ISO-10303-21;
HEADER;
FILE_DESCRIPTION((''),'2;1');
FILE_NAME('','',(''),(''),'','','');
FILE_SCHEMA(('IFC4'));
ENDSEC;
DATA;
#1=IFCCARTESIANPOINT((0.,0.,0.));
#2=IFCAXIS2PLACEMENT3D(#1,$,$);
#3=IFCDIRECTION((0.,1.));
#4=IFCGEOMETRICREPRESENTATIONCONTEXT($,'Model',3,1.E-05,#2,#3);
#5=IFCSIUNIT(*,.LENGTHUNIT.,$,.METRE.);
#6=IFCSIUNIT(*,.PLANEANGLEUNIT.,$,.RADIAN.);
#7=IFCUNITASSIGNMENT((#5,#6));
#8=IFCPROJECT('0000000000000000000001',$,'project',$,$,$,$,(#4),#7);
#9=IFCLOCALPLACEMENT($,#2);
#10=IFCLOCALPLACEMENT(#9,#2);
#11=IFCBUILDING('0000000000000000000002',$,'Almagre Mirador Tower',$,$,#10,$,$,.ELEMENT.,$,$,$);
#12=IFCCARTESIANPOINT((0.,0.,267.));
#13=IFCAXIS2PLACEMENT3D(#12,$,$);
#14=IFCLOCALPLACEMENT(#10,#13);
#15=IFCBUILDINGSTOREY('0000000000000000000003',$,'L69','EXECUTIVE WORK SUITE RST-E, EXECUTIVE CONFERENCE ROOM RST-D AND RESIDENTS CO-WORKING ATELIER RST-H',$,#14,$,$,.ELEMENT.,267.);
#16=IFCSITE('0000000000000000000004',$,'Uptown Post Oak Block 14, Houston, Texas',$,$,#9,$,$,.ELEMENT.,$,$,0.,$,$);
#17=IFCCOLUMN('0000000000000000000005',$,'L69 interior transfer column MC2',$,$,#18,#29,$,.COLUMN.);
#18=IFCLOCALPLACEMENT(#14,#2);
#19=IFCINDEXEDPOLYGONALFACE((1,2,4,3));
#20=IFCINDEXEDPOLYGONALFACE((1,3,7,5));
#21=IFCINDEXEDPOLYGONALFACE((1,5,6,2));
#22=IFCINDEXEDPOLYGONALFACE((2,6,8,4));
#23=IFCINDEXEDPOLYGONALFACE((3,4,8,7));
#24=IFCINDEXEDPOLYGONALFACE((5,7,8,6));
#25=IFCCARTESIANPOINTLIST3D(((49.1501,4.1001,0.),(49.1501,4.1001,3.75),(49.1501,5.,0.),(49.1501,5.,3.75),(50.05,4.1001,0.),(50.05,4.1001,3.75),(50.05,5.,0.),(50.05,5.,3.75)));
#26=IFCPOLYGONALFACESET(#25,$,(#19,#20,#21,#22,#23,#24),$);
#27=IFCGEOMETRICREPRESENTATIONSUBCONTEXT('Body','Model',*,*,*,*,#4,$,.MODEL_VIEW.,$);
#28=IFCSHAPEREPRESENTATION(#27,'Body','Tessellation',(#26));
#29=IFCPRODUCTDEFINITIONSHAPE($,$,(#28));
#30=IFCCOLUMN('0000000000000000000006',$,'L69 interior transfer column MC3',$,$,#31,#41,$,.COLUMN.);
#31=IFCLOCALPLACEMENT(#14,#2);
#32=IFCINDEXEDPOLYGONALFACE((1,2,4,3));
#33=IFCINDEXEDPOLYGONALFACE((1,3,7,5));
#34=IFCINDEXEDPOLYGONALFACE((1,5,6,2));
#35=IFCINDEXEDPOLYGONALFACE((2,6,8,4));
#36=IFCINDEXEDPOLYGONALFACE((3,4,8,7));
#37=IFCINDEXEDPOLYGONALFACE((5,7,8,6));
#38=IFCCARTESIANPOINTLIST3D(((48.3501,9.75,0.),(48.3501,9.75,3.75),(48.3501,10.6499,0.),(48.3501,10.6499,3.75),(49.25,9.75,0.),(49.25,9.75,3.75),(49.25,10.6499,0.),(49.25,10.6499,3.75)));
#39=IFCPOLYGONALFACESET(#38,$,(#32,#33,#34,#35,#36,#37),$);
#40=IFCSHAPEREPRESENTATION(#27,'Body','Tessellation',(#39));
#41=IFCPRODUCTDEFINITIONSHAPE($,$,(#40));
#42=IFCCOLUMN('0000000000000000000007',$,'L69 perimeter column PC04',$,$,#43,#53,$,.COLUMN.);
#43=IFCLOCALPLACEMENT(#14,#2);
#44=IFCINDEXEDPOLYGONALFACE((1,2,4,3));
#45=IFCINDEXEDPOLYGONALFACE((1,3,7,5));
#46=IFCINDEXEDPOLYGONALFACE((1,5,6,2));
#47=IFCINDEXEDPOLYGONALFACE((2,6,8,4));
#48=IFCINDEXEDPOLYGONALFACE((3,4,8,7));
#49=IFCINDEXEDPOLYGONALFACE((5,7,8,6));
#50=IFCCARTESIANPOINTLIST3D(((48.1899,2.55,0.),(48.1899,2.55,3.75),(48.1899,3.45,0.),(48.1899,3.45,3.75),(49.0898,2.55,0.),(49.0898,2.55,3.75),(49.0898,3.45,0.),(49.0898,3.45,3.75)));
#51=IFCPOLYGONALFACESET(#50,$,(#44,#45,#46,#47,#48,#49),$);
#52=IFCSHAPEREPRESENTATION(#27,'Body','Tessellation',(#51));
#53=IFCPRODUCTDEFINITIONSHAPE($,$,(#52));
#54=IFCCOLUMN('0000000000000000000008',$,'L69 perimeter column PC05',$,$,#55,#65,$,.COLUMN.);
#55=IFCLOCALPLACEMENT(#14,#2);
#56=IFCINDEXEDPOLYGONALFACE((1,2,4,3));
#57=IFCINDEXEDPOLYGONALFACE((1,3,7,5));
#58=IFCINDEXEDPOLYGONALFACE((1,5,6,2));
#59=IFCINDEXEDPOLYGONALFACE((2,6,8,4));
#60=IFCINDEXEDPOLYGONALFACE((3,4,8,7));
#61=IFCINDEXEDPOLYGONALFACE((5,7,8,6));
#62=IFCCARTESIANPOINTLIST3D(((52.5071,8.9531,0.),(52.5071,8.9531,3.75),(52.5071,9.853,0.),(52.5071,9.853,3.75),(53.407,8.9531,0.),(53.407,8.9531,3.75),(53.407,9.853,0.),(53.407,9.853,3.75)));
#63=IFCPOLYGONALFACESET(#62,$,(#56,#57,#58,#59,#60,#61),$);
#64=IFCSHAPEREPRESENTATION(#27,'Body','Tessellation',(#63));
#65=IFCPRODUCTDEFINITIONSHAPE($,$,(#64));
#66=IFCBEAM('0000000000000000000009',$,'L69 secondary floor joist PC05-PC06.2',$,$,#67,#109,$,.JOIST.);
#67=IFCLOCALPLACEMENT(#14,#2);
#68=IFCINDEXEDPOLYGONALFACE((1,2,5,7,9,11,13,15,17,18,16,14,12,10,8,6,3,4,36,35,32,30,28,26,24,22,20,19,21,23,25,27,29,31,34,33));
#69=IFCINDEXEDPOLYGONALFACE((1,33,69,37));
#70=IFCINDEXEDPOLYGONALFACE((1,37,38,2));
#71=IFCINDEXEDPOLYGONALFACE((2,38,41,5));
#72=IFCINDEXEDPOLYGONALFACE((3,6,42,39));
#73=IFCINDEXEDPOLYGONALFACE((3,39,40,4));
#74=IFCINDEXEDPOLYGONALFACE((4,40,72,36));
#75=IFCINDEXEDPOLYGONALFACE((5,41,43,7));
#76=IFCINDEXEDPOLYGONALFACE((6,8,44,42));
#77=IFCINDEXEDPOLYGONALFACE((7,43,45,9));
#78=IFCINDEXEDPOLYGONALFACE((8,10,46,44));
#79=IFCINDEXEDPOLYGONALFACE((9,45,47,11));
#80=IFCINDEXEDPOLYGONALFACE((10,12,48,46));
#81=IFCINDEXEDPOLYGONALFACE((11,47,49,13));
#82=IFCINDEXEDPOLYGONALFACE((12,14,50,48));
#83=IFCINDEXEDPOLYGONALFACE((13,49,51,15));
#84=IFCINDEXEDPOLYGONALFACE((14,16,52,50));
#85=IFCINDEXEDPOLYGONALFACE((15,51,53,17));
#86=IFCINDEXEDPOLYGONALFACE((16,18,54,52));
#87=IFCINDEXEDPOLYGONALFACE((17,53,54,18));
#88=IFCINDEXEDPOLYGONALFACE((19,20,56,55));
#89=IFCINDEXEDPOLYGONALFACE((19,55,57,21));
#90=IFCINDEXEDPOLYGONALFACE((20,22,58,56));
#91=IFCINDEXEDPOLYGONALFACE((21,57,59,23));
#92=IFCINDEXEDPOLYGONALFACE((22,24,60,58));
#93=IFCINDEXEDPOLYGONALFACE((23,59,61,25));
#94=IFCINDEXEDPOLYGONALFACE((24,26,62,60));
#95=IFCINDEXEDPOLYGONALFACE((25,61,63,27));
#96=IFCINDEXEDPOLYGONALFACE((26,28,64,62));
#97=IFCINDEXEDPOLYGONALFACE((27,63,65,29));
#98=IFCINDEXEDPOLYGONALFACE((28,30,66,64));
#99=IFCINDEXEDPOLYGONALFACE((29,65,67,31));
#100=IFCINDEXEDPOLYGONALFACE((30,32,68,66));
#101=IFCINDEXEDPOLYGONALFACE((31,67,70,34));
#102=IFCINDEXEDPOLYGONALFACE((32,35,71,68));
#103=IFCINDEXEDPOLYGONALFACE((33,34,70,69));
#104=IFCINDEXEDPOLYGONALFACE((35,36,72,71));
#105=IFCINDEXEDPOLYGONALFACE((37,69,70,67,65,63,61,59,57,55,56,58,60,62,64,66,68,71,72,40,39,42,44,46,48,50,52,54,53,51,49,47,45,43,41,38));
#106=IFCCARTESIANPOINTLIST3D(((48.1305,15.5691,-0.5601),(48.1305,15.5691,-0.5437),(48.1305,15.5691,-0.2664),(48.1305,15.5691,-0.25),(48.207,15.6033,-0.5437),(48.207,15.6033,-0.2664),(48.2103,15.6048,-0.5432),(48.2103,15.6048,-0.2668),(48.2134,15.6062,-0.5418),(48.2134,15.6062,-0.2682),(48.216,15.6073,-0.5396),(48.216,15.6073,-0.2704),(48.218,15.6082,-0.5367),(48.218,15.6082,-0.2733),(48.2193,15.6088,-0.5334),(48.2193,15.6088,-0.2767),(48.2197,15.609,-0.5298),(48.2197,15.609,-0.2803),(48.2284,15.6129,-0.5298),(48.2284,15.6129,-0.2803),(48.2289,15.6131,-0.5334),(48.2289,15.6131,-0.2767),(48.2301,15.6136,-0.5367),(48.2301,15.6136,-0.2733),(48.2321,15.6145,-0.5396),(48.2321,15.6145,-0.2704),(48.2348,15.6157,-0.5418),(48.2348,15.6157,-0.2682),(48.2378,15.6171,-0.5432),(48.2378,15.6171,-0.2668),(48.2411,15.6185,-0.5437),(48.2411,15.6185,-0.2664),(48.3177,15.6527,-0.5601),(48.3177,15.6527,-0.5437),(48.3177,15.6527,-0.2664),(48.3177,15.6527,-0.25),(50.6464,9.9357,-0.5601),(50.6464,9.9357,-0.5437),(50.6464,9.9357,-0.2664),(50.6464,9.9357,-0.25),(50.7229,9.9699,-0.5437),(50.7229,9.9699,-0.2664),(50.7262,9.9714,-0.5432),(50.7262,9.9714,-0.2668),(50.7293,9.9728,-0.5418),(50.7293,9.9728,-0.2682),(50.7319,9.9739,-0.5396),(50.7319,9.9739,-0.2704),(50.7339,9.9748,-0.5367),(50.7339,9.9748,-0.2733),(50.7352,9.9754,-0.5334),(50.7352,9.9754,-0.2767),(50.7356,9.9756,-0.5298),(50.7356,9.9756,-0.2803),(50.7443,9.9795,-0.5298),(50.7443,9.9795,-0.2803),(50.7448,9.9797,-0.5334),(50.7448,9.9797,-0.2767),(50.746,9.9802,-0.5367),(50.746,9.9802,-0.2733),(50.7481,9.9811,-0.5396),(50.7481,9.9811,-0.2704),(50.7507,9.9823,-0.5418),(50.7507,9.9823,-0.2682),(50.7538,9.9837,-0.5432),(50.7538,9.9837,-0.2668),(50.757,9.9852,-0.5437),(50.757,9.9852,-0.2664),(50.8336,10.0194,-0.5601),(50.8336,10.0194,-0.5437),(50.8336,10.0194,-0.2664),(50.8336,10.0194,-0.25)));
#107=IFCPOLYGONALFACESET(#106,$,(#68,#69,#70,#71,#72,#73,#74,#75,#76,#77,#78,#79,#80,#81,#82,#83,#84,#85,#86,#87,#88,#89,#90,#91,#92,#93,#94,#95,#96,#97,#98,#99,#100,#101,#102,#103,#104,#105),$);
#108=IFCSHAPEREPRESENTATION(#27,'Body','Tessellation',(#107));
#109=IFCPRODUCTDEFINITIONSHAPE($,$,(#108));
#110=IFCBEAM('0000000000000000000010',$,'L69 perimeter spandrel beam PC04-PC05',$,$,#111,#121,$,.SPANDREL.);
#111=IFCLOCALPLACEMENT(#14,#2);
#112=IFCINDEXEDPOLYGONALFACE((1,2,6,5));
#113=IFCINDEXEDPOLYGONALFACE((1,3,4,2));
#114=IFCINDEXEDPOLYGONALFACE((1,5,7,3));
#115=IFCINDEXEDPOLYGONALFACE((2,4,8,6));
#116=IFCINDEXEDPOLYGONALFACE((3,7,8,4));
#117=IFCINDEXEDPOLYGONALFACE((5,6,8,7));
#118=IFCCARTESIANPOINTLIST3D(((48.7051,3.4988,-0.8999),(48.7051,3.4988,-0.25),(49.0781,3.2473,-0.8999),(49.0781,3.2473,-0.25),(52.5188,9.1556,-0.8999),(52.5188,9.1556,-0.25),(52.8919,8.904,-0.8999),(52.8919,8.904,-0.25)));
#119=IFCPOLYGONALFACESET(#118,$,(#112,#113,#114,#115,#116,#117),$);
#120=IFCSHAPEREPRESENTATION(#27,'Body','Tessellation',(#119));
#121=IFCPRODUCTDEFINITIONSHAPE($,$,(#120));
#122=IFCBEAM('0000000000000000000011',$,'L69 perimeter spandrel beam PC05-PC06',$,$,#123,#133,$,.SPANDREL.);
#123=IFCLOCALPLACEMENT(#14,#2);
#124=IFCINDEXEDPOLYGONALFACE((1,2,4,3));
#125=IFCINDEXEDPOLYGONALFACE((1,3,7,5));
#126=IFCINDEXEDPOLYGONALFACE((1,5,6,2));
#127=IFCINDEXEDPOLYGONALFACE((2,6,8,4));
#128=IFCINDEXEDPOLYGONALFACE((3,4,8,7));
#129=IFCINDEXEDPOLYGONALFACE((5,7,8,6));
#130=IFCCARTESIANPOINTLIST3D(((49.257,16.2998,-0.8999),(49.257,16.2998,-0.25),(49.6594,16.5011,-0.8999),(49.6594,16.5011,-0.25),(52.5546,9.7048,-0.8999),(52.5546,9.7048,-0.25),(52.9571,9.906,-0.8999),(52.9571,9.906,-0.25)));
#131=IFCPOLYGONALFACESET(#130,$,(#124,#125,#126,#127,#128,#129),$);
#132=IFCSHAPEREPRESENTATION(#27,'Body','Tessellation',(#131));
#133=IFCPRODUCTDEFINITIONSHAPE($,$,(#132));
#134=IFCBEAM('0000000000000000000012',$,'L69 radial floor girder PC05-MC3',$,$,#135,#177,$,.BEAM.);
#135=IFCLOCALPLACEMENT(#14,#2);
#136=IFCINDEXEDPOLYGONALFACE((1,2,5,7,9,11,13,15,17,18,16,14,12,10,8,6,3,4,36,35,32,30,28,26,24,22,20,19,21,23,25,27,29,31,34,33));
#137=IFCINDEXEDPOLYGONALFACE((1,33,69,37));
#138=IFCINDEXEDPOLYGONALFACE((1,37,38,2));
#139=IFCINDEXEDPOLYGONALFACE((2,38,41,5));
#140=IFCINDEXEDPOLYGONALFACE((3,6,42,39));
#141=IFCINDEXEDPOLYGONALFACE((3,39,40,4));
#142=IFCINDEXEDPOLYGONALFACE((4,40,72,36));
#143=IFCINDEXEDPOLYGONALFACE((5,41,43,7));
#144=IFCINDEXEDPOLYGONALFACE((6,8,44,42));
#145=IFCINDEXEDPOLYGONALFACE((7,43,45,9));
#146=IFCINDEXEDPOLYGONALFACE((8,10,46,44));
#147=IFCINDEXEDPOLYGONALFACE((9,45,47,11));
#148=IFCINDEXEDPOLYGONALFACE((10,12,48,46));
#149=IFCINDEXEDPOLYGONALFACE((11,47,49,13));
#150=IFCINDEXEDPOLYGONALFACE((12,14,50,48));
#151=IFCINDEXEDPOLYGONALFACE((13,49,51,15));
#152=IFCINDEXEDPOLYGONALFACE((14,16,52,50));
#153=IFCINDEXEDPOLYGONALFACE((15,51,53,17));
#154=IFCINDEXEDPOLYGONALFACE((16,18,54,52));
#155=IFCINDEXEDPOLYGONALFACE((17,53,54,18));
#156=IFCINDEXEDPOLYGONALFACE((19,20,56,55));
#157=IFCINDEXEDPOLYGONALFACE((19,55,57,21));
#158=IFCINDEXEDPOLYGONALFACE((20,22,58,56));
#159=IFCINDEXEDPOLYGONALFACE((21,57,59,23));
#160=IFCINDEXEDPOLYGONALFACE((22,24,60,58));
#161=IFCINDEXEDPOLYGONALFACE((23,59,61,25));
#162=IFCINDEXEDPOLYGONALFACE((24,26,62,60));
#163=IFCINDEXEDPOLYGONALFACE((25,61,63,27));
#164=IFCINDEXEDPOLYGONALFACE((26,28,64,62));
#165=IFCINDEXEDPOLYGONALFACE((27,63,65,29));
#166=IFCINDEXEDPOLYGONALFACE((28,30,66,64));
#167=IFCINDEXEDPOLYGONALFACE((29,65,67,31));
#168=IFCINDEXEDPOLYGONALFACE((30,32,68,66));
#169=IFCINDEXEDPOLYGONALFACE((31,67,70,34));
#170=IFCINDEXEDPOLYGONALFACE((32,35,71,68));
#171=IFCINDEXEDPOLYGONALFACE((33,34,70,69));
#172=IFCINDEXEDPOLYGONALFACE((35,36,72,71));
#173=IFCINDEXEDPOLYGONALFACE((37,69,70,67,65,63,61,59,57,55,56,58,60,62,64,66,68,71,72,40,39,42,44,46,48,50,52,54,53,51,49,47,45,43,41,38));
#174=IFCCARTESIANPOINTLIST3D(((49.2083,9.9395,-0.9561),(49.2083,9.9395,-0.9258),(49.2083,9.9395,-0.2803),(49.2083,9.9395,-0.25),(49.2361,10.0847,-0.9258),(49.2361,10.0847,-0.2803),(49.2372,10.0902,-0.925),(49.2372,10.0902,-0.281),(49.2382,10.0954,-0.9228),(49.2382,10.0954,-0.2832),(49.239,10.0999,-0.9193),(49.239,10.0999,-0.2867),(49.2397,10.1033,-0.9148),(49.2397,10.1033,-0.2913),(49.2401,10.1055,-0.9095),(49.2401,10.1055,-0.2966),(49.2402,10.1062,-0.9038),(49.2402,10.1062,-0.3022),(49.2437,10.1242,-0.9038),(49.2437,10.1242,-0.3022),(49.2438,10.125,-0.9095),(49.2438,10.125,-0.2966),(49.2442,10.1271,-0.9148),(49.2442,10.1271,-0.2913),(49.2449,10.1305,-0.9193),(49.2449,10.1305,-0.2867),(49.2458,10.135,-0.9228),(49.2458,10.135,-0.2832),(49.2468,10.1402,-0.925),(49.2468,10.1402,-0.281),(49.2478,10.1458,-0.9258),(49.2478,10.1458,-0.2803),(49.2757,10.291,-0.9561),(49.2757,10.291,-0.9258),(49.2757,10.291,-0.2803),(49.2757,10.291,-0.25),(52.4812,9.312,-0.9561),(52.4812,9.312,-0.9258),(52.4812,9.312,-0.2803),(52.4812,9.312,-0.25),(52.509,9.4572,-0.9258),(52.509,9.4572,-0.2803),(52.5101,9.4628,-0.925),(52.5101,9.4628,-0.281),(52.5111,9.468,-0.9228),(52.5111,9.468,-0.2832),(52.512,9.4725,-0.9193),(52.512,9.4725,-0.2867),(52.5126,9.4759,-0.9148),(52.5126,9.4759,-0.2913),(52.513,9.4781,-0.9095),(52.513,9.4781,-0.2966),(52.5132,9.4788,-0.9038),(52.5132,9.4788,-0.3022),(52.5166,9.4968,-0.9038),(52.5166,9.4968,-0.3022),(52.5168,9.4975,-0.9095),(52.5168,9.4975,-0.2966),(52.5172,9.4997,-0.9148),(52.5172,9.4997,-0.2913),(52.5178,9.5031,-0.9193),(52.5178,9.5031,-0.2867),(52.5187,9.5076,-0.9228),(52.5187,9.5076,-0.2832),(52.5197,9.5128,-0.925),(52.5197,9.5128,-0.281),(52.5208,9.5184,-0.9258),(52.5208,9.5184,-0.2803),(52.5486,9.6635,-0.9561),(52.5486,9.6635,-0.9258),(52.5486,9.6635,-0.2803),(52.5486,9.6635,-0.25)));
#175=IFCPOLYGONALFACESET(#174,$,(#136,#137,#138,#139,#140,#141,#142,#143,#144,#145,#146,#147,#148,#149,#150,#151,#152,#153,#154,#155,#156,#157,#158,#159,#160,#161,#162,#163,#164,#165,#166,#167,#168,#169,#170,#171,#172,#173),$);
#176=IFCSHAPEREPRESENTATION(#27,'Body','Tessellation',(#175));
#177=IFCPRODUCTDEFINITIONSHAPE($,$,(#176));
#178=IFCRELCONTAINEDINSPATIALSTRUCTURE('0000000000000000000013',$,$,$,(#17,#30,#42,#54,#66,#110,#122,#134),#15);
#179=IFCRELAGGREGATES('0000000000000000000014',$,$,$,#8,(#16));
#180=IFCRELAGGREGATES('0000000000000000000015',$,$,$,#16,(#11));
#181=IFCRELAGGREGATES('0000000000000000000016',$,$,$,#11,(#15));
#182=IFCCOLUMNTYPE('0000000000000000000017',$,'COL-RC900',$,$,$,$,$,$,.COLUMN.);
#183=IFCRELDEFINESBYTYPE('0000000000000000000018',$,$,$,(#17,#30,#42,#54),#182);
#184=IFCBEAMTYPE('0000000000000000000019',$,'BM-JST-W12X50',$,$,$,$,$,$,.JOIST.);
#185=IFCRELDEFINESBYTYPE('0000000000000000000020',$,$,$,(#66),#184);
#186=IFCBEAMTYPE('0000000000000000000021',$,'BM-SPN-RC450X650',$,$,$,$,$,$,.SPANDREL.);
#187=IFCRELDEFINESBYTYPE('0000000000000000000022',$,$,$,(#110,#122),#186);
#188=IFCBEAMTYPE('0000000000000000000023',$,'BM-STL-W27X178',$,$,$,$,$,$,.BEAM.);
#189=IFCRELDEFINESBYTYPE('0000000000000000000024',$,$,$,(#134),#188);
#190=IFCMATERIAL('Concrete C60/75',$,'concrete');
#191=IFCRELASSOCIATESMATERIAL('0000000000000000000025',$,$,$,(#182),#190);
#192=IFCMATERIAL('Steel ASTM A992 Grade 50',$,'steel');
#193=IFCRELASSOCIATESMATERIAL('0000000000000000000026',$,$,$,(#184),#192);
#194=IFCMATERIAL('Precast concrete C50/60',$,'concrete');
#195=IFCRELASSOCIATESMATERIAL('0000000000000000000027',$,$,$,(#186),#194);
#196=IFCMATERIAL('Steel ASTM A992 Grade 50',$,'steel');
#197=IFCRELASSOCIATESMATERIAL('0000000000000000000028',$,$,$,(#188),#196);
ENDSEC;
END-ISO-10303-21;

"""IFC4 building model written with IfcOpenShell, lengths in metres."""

from ifc_helpers import new_model, si_unit, direction, frame, origin, origin_2d, place, context, subcontext, project, spatial, rectangle, i_section, extrude, material, material_profile, profile_set, type_object, element, save


model = new_model("IFC4")

# Units and contexts
model_context = context("Model", 3, precision=1e-05, world=origin(), true_north=direction((0.0, 1.0)))
body_context = subcontext(model_context, "Body", "Model", "MODEL_VIEW")
ifc_project = project(units=[si_unit("LENGTHUNIT", "METRE"), si_unit("PLANEANGLEUNIT", "RADIAN")], contexts=[model_context])

# Site, building, storey
site_placement = place(None, origin())
site = spatial("IfcSite", under=ifc_project, at=site_placement, Name="Uptown Post Oak Block 14, Houston, Texas", CompositionType="ELEMENT", RefElevation=0.0)
building_placement = place(site_placement, origin())
building = spatial("IfcBuilding", under=site, at=building_placement, Name="Almagre Mirador Tower", CompositionType="ELEMENT")
storey_placement = place(building_placement, frame((0.0, 0.0, 267.0)))
storey = spatial("IfcBuildingStorey", under=building, at=storey_placement, Name="L69", Description="EXECUTIVE WORK SUITE RST-E, EXECUTIVE CONFERENCE ROOM RST-D AND RESIDENTS CO-WORKING ATELIER RST-H", CompositionType="ELEMENT", Elevation=267.0)

# Columns
ifc_material_1 = material(Name="Concrete C60/75", Category="concrete")
ifc_material_profile_1 = material_profile(ifc_material_1, rectangle(XDim=0.8999, YDim=0.8999, at=origin_2d()), Name="RC900X900")
ifc_profile_set_1 = profile_set([ifc_material_profile_1], Name="Concrete C60/75")
column_type = type_object("IfcColumnType", Name="COL-RC900", PredefinedType="COLUMN", material=ifc_profile_set_1)
for number, where, z_axis, x_axis, name in (
    (1, (49.6001, 4.55, 0.0), (0.0, 0.0, 1.0), (1.0, 0.0, 0.0), "L69 interior transfer column MC2"),
    (2, (48.8, 10.2, 0.0), (0.0, 0.0, 1.0), (1.0, 0.0, 0.0), "L69 interior transfer column MC3"),
    (3, (48.6399, 3.0, 0.0), (0.0, 0.0, 1.0), (1.0, 0.0, 0.0), "L69 perimeter column PC04"),
    (4, (52.957, 9.4031, 0.0), (0.0, 0.0, 1.0), (1.0, 0.0, 0.0), "L69 perimeter column PC05"),
):
    element("IfcColumn", number, at=place(storey_placement, frame(where, z_axis=z_axis, x_axis=x_axis)), inside=storey, type_object=column_type, Name=name, PredefinedType="COLUMN", context=body_context, shape_type="SweptSolid", body=[
        extrude(rectangle(XDim=0.8999, YDim=0.8999, at=origin_2d()), origin(), (0.0, 0.0, 1.0), 3.75),
    ])

# Beams
ifc_material_2 = material(Name="Steel ASTM A992 Grade 50", Category="steel")
ifc_material_profile_2 = material_profile(ifc_material_2, i_section(OverallWidth=0.2051, OverallDepth=0.3101, WebThickness=0.0095, FlangeThickness=0.0164, FilletRadius=0.0139, at=origin_2d()), Name="W12X50")
ifc_profile_set_2 = profile_set([ifc_material_profile_2], Name="Steel ASTM A992 Grade 50")
beam_type_1 = type_object("IfcBeamType", Name="BM-JST-W12X50", PredefinedType="JOIST", material=ifc_profile_set_2)
beam_1_placement = place(storey_placement, frame((50.74, 9.9775, -0.405), z_axis=(-0.407786, 0.913077, 0.0), x_axis=(-0.913077, -0.407786, 0.0)))
element("IfcBeam", 5, at=beam_1_placement, inside=storey, type_object=beam_type_1, Name="L69 secondary floor joist PC05-PC06.2", PredefinedType="JOIST", context=body_context, shape_type="SweptSolid", body=[
    extrude(i_section(OverallWidth=0.2051, OverallDepth=0.3101, WebThickness=0.0095, FlangeThickness=0.0164, FilletRadius=0.0139, at=origin_2d()), origin(), (0.0, 0.0, 1.0), 6.1697),
])
ifc_material_3 = material(Name="Precast concrete C50/60", Category="concrete")
ifc_material_profile_3 = material_profile(ifc_material_3, rectangle(XDim=0.45, YDim=0.6499, at=origin_2d()), Name="RC450X650")
ifc_profile_set_3 = profile_set([ifc_material_profile_3], Name="Precast concrete C50/60")
beam_type_2 = type_object("IfcBeamType", Name="BM-SPN-RC450X650", PredefinedType="SPANDREL", material=ifc_profile_set_3)
beam_2_placement = place(storey_placement, frame((48.8916, 3.373, -0.575), z_axis=(0.559012, 0.82916, 0.0), x_axis=(-0.82916, 0.559012, 0.0)))
element("IfcBeam", 6, at=beam_2_placement, inside=storey, type_object=beam_type_2, Name="L69 perimeter spandrel beam PC04-PC05", PredefinedType="SPANDREL", context=body_context, shape_type="SweptSolid", body=[
    extrude(rectangle(XDim=0.45, YDim=0.6499, at=origin_2d()), origin(), (0.0, 0.0, 1.0), 6.8223),
])
beam_3_placement = place(storey_placement, frame((52.7559, 9.8054, -0.575), z_axis=(-0.447227, 0.894421, 0.0), x_axis=(-0.894421, -0.447227, 0.0)))
element("IfcBeam", 7, at=beam_3_placement, inside=storey, type_object=beam_type_2, Name="L69 perimeter spandrel beam PC05-PC06", PredefinedType="SPANDREL", context=body_context, shape_type="SweptSolid", body=[
    extrude(rectangle(XDim=0.45, YDim=0.6499, at=origin_2d()), origin(), (0.0, 0.0, 1.0), 7.3735),
])
ifc_material_4 = material(Name="Steel ASTM A992 Grade 50", Category="steel")
ifc_material_profile_4 = material_profile(ifc_material_4, i_section(OverallWidth=0.3579, OverallDepth=0.7061, WebThickness=0.0183, FlangeThickness=0.0303, FilletRadius=0.022, at=origin_2d()), Name="W27X178")
ifc_profile_set_4 = profile_set([ifc_material_profile_4], Name="Steel ASTM A992 Grade 50")
beam_type_3 = type_object("IfcBeamType", Name="BM-STL-W27X178", PredefinedType="BEAM", material=ifc_profile_set_4)
beam_4_placement = place(storey_placement, frame((52.5149, 9.4878, -0.603), z_axis=(-0.982116, 0.188277, 0.0), x_axis=(-0.188277, -0.982116, 0.0)))
element("IfcBeam", 8, at=beam_4_placement, inside=storey, type_object=beam_type_3, Name="L69 radial floor girder PC05-MC3", PredefinedType="BEAM", context=body_context, shape_type="SweptSolid", body=[
    extrude(i_section(OverallWidth=0.3579, OverallDepth=0.7061, WebThickness=0.0183, FlangeThickness=0.0303, FilletRadius=0.022, at=origin_2d()), origin(), (0.0, 0.0, 1.0), 3.3325),
])

save(model, "model.ifc")
